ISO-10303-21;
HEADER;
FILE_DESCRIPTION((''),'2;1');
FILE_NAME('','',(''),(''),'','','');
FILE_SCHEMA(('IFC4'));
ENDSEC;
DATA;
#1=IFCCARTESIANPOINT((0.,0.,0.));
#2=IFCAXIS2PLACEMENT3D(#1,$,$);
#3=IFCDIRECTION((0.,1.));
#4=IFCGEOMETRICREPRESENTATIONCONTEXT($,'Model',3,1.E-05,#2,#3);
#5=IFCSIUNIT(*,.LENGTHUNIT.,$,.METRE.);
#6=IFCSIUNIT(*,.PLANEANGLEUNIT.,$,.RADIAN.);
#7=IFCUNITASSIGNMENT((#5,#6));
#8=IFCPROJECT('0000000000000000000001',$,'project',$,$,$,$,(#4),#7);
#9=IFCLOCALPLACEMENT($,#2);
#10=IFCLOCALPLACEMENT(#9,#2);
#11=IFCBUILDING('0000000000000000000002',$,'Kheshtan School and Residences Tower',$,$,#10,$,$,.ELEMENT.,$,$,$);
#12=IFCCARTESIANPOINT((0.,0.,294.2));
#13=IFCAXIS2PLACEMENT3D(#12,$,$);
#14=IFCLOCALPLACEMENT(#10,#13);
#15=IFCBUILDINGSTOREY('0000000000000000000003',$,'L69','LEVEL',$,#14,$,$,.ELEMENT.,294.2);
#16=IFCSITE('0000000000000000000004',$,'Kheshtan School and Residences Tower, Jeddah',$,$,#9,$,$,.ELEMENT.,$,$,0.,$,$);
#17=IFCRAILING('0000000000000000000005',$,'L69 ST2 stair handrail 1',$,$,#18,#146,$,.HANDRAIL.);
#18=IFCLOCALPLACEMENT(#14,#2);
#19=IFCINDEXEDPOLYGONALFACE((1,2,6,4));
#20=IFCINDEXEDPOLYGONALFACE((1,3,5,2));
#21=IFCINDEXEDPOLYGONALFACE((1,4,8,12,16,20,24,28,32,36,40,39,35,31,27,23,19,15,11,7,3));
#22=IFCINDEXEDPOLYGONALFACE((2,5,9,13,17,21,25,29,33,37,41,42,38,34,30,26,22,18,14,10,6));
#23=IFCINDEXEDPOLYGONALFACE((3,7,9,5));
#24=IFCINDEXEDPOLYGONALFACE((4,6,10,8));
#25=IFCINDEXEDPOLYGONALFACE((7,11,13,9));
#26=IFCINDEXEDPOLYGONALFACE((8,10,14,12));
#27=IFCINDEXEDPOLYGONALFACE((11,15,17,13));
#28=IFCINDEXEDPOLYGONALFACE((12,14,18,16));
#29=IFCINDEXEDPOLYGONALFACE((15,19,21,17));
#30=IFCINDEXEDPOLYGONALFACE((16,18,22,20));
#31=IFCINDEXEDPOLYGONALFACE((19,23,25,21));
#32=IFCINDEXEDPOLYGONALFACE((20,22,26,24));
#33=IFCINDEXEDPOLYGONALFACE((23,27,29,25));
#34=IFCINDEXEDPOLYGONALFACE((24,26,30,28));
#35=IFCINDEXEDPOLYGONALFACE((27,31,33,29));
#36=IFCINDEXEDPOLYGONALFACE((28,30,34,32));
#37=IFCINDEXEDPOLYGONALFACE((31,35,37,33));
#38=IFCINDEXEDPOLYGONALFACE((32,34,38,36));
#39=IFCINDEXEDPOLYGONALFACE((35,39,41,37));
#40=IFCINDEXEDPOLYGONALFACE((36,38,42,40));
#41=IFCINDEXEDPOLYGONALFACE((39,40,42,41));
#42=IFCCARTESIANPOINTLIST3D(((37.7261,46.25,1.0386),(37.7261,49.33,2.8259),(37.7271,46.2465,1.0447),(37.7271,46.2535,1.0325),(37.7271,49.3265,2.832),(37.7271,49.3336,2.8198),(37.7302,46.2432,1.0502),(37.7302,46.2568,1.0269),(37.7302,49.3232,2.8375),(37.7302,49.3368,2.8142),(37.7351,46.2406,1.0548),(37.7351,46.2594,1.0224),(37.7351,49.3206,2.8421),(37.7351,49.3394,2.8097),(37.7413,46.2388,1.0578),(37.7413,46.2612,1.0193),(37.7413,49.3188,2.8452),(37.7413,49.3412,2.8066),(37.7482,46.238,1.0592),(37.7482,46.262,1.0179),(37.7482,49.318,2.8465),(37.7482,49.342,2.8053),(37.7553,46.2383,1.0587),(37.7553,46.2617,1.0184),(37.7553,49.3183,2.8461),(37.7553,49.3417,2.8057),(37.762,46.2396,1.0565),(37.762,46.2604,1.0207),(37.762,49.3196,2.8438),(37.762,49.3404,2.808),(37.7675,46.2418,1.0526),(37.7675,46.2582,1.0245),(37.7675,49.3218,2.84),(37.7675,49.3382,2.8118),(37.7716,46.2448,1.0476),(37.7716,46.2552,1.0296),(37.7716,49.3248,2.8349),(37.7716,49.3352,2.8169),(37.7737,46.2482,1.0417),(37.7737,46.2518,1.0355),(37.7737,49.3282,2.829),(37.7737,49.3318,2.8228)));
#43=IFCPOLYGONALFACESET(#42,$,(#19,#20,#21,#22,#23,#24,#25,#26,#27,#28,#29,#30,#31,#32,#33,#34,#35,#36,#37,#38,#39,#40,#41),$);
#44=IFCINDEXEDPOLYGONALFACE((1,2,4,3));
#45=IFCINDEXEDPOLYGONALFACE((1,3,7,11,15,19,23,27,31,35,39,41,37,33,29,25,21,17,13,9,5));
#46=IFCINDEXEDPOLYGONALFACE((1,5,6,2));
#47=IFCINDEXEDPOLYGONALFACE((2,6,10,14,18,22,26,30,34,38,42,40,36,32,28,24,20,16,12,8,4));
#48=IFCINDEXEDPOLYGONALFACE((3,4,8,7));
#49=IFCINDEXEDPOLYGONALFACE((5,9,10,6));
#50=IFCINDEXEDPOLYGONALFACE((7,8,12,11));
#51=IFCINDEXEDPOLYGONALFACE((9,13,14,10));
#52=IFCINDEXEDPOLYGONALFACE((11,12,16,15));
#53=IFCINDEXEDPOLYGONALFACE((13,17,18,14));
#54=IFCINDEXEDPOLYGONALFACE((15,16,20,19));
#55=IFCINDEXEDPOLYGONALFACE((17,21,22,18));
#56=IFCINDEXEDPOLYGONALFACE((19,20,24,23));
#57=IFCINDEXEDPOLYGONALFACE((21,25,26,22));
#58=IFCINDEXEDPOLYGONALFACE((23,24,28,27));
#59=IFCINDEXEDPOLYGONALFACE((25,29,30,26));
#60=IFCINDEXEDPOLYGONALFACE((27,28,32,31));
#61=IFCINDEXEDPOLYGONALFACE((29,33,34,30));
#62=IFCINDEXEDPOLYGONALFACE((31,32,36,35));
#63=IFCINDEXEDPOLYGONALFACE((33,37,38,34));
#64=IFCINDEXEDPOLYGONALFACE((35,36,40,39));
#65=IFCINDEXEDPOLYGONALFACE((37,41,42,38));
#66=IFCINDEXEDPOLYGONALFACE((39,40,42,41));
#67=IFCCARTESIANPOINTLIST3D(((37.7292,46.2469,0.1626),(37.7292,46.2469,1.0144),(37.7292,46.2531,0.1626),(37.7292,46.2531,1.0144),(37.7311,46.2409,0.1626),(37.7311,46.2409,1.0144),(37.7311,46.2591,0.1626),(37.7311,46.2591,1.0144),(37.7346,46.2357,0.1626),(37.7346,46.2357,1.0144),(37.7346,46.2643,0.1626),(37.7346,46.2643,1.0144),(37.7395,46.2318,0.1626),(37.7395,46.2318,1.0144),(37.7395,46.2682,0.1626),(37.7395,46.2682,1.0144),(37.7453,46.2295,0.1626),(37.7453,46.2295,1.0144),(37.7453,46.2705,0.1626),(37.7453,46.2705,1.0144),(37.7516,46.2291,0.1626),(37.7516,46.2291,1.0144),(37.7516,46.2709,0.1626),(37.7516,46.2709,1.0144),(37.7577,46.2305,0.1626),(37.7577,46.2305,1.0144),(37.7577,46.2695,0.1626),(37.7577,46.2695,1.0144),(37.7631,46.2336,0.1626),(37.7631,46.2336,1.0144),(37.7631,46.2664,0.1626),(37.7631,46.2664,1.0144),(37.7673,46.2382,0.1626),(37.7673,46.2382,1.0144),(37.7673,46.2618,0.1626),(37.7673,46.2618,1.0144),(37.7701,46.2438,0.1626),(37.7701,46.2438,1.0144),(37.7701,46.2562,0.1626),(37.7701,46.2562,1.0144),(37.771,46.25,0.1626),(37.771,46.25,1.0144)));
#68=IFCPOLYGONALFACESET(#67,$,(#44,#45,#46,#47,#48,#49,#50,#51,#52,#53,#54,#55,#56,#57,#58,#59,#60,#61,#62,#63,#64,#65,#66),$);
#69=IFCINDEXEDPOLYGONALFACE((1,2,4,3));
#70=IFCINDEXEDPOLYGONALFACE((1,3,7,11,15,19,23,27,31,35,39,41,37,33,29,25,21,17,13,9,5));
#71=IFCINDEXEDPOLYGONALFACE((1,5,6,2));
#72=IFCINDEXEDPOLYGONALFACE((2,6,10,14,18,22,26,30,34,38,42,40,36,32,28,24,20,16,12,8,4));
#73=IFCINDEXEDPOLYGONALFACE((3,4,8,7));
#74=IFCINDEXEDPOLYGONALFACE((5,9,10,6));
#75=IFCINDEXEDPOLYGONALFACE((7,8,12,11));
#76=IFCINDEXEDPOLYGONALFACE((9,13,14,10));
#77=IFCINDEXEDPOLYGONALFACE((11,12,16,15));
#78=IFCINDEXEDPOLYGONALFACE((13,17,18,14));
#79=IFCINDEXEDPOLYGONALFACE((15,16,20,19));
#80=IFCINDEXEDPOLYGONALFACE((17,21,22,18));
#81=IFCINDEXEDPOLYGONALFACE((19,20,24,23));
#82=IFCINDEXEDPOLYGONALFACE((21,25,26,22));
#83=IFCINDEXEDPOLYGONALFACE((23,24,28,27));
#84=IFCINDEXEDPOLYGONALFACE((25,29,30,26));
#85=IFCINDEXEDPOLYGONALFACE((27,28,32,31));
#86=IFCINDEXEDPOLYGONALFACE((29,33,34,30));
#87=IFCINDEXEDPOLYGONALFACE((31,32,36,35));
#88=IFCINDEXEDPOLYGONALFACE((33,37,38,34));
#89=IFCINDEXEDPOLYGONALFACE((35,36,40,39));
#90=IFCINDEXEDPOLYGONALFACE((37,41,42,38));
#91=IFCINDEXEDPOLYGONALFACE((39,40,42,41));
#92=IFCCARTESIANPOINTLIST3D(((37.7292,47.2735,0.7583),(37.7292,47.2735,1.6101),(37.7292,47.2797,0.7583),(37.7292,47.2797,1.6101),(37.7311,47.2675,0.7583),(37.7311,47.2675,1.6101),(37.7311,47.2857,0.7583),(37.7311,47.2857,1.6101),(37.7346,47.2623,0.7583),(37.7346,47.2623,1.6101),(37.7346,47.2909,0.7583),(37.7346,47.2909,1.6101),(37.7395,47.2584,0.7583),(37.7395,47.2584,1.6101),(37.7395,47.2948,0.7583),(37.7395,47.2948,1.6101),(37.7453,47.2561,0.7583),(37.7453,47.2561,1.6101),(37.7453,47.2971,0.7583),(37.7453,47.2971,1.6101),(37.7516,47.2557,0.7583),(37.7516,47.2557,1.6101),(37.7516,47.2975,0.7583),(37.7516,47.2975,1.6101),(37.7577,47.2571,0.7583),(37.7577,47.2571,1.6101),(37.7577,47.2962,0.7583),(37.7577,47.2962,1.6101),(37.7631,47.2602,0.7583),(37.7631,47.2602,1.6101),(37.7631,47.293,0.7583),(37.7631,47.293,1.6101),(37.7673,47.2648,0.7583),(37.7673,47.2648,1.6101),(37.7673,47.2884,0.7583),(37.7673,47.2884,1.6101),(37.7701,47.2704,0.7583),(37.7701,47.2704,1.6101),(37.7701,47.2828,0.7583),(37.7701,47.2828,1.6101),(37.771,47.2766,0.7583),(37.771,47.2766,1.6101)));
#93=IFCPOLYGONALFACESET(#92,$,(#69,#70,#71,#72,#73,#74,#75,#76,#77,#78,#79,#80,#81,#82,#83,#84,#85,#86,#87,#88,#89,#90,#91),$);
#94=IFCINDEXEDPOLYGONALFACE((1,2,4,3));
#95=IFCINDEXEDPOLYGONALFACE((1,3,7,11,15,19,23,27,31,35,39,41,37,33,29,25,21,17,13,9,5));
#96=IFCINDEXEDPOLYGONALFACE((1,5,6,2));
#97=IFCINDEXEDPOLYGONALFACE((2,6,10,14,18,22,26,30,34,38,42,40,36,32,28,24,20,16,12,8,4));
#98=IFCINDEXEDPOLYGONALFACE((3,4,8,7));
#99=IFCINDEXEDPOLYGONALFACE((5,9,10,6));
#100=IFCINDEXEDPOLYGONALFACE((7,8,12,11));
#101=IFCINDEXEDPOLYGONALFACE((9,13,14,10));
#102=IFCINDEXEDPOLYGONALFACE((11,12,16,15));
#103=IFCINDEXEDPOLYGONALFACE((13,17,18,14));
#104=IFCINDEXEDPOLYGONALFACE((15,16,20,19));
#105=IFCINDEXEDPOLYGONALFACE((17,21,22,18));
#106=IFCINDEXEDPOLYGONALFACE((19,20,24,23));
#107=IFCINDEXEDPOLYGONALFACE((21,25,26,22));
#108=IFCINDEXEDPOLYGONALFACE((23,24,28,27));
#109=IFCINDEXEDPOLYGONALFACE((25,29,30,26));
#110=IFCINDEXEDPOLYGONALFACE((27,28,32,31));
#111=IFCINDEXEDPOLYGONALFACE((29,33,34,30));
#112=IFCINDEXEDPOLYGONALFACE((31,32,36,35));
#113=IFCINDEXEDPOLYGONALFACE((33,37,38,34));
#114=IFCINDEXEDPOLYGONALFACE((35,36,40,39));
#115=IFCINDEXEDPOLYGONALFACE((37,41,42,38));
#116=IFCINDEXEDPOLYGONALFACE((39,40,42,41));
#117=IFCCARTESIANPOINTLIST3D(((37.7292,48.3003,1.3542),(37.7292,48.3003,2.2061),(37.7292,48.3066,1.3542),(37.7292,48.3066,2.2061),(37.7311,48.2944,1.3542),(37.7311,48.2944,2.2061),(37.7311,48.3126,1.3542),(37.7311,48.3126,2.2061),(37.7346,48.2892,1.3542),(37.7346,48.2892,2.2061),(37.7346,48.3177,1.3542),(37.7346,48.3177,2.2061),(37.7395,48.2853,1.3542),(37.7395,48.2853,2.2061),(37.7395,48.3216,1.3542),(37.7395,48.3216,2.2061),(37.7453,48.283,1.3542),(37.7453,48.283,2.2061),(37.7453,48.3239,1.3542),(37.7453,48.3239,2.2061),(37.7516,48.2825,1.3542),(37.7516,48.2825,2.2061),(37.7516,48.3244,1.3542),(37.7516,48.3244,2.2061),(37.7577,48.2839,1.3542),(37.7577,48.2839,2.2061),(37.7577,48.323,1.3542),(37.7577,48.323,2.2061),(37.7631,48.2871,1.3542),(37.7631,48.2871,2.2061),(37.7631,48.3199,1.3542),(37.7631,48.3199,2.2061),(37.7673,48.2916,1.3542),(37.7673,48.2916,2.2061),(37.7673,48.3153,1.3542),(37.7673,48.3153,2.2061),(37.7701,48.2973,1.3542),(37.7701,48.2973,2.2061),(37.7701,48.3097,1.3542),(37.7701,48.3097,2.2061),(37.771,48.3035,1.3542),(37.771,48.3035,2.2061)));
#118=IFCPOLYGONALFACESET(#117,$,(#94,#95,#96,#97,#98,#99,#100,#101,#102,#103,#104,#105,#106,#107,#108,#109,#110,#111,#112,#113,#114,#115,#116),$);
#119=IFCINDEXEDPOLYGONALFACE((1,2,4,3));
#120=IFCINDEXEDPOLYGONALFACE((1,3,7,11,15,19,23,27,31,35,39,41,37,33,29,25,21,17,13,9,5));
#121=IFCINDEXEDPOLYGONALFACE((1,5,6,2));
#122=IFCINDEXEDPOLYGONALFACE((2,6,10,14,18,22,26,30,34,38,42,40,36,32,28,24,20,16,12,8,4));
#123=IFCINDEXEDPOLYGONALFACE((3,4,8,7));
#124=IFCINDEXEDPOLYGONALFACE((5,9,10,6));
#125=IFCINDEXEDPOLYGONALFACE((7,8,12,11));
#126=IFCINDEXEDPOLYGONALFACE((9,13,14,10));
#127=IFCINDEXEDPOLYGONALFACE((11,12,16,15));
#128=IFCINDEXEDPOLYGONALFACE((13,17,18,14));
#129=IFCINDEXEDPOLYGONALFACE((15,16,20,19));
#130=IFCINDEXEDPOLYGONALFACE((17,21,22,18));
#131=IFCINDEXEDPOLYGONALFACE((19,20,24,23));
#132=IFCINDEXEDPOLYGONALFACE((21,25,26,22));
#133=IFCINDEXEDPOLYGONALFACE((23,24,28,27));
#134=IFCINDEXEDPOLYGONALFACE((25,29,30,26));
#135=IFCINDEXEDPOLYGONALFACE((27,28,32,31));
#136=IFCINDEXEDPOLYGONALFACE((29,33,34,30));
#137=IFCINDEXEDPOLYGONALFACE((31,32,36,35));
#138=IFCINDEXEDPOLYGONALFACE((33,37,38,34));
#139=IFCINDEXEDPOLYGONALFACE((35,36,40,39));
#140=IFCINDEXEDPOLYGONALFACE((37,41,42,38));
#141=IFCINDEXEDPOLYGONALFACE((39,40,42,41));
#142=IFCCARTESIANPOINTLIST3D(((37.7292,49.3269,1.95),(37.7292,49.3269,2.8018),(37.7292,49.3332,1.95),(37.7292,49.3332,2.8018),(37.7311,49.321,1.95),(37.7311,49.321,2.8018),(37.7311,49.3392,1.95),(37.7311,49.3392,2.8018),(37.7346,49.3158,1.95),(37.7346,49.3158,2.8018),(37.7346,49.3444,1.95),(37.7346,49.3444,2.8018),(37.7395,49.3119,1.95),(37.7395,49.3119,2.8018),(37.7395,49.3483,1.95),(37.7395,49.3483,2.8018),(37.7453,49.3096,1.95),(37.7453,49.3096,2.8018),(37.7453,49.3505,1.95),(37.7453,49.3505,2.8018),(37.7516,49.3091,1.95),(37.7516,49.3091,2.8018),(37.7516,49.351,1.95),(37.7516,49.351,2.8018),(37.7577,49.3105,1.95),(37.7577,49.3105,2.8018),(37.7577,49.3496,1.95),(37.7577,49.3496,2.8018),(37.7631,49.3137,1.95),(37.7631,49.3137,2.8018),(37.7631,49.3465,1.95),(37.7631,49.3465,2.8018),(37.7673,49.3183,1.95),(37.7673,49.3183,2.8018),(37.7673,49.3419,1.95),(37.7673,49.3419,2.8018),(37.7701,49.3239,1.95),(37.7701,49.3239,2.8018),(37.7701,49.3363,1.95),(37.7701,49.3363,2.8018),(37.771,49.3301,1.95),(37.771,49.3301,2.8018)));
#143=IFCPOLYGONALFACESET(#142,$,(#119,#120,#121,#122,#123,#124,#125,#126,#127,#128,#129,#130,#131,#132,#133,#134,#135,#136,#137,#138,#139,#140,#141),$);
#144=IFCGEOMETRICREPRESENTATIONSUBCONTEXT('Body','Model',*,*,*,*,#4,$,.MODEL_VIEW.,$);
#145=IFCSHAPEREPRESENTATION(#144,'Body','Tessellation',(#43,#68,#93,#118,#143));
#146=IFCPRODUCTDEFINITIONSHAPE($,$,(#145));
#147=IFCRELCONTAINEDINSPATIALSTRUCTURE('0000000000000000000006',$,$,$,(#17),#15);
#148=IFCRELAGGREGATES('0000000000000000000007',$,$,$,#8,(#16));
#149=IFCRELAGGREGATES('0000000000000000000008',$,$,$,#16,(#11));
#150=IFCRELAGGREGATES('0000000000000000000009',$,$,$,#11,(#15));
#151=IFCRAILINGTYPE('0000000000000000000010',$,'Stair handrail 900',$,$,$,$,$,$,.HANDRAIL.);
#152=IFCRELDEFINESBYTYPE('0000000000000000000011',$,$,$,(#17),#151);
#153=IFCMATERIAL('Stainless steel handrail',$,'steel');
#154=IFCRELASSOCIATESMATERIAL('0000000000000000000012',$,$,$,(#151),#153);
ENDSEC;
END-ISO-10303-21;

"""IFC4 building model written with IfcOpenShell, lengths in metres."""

from ifc_helpers import new_model, si_unit, direction, frame, origin, origin_2d, place, context, subcontext, project, spatial, circle, extrude, material, type_object, element, save


model = new_model("IFC4")

# Units and contexts
model_context = context("Model", 3, precision=1e-05, world=origin(), true_north=direction((0.0, 1.0)))
body_context = subcontext(model_context, "Body", "Model", "MODEL_VIEW")
ifc_project = project(units=[si_unit("LENGTHUNIT", "METRE"), si_unit("PLANEANGLEUNIT", "RADIAN")], contexts=[model_context])

# Site, building, storey
site_placement = place(None, origin())
site = spatial("IfcSite", under=ifc_project, at=site_placement, Name="Kheshtan School and Residences Tower, Jeddah", CompositionType="ELEMENT", RefElevation=0.0)
building_placement = place(site_placement, origin())
building = spatial("IfcBuilding", under=site, at=building_placement, Name="Kheshtan School and Residences Tower", CompositionType="ELEMENT")
storey_placement = place(building_placement, frame((0.0, 0.0, 294.2)))
storey = spatial("IfcBuildingStorey", under=building, at=storey_placement, Name="L69", Description="LEVEL", CompositionType="ELEMENT", Elevation=294.2)

# Railing
ifc_material_1 = material(Name="Stainless steel handrail", Category="steel")
railing_type_1 = type_object("IfcRailingType", Name="Stair handrail 900", PredefinedType="HANDRAIL", material=ifc_material_1)
railing_1_placement = place(storey_placement, frame((37.75, 46.25, 0.1626)))
element("IfcRailing", 1, at=railing_1_placement, inside=storey, type_object=railing_type_1, Name="L69 ST2 stair handrail 1", PredefinedType="HANDRAIL", context=body_context, shape_type="SweptSolid", body=[
    extrude(circle(Radius=0.0239, at=origin_2d()), frame((0.0, 0.0, 0.876), z_axis=(0.0, 0.86492, 0.501909), x_axis=(-1.0, 0.0, 0.0)), (0.0, 0.0, 1.0), 3.561),
    extrude(circle(Radius=0.021, at=origin_2d()), origin(), (0.0, 0.0, 1.0), 0.8518),
    extrude(circle(Radius=0.021, at=origin_2d()), frame((0.0, 1.0266, 0.5957)), (0.0, 0.0, 1.0), 0.8518),
    extrude(circle(Radius=0.021, at=origin_2d()), frame((0.0, 2.0535, 1.1917)), (0.0, 0.0, 1.0), 0.8518),
    extrude(circle(Radius=0.021, at=origin_2d()), frame((0.0, 3.0801, 1.7874)), (0.0, 0.0, 1.0), 0.8518),
])

save(model, "model.ifc")
